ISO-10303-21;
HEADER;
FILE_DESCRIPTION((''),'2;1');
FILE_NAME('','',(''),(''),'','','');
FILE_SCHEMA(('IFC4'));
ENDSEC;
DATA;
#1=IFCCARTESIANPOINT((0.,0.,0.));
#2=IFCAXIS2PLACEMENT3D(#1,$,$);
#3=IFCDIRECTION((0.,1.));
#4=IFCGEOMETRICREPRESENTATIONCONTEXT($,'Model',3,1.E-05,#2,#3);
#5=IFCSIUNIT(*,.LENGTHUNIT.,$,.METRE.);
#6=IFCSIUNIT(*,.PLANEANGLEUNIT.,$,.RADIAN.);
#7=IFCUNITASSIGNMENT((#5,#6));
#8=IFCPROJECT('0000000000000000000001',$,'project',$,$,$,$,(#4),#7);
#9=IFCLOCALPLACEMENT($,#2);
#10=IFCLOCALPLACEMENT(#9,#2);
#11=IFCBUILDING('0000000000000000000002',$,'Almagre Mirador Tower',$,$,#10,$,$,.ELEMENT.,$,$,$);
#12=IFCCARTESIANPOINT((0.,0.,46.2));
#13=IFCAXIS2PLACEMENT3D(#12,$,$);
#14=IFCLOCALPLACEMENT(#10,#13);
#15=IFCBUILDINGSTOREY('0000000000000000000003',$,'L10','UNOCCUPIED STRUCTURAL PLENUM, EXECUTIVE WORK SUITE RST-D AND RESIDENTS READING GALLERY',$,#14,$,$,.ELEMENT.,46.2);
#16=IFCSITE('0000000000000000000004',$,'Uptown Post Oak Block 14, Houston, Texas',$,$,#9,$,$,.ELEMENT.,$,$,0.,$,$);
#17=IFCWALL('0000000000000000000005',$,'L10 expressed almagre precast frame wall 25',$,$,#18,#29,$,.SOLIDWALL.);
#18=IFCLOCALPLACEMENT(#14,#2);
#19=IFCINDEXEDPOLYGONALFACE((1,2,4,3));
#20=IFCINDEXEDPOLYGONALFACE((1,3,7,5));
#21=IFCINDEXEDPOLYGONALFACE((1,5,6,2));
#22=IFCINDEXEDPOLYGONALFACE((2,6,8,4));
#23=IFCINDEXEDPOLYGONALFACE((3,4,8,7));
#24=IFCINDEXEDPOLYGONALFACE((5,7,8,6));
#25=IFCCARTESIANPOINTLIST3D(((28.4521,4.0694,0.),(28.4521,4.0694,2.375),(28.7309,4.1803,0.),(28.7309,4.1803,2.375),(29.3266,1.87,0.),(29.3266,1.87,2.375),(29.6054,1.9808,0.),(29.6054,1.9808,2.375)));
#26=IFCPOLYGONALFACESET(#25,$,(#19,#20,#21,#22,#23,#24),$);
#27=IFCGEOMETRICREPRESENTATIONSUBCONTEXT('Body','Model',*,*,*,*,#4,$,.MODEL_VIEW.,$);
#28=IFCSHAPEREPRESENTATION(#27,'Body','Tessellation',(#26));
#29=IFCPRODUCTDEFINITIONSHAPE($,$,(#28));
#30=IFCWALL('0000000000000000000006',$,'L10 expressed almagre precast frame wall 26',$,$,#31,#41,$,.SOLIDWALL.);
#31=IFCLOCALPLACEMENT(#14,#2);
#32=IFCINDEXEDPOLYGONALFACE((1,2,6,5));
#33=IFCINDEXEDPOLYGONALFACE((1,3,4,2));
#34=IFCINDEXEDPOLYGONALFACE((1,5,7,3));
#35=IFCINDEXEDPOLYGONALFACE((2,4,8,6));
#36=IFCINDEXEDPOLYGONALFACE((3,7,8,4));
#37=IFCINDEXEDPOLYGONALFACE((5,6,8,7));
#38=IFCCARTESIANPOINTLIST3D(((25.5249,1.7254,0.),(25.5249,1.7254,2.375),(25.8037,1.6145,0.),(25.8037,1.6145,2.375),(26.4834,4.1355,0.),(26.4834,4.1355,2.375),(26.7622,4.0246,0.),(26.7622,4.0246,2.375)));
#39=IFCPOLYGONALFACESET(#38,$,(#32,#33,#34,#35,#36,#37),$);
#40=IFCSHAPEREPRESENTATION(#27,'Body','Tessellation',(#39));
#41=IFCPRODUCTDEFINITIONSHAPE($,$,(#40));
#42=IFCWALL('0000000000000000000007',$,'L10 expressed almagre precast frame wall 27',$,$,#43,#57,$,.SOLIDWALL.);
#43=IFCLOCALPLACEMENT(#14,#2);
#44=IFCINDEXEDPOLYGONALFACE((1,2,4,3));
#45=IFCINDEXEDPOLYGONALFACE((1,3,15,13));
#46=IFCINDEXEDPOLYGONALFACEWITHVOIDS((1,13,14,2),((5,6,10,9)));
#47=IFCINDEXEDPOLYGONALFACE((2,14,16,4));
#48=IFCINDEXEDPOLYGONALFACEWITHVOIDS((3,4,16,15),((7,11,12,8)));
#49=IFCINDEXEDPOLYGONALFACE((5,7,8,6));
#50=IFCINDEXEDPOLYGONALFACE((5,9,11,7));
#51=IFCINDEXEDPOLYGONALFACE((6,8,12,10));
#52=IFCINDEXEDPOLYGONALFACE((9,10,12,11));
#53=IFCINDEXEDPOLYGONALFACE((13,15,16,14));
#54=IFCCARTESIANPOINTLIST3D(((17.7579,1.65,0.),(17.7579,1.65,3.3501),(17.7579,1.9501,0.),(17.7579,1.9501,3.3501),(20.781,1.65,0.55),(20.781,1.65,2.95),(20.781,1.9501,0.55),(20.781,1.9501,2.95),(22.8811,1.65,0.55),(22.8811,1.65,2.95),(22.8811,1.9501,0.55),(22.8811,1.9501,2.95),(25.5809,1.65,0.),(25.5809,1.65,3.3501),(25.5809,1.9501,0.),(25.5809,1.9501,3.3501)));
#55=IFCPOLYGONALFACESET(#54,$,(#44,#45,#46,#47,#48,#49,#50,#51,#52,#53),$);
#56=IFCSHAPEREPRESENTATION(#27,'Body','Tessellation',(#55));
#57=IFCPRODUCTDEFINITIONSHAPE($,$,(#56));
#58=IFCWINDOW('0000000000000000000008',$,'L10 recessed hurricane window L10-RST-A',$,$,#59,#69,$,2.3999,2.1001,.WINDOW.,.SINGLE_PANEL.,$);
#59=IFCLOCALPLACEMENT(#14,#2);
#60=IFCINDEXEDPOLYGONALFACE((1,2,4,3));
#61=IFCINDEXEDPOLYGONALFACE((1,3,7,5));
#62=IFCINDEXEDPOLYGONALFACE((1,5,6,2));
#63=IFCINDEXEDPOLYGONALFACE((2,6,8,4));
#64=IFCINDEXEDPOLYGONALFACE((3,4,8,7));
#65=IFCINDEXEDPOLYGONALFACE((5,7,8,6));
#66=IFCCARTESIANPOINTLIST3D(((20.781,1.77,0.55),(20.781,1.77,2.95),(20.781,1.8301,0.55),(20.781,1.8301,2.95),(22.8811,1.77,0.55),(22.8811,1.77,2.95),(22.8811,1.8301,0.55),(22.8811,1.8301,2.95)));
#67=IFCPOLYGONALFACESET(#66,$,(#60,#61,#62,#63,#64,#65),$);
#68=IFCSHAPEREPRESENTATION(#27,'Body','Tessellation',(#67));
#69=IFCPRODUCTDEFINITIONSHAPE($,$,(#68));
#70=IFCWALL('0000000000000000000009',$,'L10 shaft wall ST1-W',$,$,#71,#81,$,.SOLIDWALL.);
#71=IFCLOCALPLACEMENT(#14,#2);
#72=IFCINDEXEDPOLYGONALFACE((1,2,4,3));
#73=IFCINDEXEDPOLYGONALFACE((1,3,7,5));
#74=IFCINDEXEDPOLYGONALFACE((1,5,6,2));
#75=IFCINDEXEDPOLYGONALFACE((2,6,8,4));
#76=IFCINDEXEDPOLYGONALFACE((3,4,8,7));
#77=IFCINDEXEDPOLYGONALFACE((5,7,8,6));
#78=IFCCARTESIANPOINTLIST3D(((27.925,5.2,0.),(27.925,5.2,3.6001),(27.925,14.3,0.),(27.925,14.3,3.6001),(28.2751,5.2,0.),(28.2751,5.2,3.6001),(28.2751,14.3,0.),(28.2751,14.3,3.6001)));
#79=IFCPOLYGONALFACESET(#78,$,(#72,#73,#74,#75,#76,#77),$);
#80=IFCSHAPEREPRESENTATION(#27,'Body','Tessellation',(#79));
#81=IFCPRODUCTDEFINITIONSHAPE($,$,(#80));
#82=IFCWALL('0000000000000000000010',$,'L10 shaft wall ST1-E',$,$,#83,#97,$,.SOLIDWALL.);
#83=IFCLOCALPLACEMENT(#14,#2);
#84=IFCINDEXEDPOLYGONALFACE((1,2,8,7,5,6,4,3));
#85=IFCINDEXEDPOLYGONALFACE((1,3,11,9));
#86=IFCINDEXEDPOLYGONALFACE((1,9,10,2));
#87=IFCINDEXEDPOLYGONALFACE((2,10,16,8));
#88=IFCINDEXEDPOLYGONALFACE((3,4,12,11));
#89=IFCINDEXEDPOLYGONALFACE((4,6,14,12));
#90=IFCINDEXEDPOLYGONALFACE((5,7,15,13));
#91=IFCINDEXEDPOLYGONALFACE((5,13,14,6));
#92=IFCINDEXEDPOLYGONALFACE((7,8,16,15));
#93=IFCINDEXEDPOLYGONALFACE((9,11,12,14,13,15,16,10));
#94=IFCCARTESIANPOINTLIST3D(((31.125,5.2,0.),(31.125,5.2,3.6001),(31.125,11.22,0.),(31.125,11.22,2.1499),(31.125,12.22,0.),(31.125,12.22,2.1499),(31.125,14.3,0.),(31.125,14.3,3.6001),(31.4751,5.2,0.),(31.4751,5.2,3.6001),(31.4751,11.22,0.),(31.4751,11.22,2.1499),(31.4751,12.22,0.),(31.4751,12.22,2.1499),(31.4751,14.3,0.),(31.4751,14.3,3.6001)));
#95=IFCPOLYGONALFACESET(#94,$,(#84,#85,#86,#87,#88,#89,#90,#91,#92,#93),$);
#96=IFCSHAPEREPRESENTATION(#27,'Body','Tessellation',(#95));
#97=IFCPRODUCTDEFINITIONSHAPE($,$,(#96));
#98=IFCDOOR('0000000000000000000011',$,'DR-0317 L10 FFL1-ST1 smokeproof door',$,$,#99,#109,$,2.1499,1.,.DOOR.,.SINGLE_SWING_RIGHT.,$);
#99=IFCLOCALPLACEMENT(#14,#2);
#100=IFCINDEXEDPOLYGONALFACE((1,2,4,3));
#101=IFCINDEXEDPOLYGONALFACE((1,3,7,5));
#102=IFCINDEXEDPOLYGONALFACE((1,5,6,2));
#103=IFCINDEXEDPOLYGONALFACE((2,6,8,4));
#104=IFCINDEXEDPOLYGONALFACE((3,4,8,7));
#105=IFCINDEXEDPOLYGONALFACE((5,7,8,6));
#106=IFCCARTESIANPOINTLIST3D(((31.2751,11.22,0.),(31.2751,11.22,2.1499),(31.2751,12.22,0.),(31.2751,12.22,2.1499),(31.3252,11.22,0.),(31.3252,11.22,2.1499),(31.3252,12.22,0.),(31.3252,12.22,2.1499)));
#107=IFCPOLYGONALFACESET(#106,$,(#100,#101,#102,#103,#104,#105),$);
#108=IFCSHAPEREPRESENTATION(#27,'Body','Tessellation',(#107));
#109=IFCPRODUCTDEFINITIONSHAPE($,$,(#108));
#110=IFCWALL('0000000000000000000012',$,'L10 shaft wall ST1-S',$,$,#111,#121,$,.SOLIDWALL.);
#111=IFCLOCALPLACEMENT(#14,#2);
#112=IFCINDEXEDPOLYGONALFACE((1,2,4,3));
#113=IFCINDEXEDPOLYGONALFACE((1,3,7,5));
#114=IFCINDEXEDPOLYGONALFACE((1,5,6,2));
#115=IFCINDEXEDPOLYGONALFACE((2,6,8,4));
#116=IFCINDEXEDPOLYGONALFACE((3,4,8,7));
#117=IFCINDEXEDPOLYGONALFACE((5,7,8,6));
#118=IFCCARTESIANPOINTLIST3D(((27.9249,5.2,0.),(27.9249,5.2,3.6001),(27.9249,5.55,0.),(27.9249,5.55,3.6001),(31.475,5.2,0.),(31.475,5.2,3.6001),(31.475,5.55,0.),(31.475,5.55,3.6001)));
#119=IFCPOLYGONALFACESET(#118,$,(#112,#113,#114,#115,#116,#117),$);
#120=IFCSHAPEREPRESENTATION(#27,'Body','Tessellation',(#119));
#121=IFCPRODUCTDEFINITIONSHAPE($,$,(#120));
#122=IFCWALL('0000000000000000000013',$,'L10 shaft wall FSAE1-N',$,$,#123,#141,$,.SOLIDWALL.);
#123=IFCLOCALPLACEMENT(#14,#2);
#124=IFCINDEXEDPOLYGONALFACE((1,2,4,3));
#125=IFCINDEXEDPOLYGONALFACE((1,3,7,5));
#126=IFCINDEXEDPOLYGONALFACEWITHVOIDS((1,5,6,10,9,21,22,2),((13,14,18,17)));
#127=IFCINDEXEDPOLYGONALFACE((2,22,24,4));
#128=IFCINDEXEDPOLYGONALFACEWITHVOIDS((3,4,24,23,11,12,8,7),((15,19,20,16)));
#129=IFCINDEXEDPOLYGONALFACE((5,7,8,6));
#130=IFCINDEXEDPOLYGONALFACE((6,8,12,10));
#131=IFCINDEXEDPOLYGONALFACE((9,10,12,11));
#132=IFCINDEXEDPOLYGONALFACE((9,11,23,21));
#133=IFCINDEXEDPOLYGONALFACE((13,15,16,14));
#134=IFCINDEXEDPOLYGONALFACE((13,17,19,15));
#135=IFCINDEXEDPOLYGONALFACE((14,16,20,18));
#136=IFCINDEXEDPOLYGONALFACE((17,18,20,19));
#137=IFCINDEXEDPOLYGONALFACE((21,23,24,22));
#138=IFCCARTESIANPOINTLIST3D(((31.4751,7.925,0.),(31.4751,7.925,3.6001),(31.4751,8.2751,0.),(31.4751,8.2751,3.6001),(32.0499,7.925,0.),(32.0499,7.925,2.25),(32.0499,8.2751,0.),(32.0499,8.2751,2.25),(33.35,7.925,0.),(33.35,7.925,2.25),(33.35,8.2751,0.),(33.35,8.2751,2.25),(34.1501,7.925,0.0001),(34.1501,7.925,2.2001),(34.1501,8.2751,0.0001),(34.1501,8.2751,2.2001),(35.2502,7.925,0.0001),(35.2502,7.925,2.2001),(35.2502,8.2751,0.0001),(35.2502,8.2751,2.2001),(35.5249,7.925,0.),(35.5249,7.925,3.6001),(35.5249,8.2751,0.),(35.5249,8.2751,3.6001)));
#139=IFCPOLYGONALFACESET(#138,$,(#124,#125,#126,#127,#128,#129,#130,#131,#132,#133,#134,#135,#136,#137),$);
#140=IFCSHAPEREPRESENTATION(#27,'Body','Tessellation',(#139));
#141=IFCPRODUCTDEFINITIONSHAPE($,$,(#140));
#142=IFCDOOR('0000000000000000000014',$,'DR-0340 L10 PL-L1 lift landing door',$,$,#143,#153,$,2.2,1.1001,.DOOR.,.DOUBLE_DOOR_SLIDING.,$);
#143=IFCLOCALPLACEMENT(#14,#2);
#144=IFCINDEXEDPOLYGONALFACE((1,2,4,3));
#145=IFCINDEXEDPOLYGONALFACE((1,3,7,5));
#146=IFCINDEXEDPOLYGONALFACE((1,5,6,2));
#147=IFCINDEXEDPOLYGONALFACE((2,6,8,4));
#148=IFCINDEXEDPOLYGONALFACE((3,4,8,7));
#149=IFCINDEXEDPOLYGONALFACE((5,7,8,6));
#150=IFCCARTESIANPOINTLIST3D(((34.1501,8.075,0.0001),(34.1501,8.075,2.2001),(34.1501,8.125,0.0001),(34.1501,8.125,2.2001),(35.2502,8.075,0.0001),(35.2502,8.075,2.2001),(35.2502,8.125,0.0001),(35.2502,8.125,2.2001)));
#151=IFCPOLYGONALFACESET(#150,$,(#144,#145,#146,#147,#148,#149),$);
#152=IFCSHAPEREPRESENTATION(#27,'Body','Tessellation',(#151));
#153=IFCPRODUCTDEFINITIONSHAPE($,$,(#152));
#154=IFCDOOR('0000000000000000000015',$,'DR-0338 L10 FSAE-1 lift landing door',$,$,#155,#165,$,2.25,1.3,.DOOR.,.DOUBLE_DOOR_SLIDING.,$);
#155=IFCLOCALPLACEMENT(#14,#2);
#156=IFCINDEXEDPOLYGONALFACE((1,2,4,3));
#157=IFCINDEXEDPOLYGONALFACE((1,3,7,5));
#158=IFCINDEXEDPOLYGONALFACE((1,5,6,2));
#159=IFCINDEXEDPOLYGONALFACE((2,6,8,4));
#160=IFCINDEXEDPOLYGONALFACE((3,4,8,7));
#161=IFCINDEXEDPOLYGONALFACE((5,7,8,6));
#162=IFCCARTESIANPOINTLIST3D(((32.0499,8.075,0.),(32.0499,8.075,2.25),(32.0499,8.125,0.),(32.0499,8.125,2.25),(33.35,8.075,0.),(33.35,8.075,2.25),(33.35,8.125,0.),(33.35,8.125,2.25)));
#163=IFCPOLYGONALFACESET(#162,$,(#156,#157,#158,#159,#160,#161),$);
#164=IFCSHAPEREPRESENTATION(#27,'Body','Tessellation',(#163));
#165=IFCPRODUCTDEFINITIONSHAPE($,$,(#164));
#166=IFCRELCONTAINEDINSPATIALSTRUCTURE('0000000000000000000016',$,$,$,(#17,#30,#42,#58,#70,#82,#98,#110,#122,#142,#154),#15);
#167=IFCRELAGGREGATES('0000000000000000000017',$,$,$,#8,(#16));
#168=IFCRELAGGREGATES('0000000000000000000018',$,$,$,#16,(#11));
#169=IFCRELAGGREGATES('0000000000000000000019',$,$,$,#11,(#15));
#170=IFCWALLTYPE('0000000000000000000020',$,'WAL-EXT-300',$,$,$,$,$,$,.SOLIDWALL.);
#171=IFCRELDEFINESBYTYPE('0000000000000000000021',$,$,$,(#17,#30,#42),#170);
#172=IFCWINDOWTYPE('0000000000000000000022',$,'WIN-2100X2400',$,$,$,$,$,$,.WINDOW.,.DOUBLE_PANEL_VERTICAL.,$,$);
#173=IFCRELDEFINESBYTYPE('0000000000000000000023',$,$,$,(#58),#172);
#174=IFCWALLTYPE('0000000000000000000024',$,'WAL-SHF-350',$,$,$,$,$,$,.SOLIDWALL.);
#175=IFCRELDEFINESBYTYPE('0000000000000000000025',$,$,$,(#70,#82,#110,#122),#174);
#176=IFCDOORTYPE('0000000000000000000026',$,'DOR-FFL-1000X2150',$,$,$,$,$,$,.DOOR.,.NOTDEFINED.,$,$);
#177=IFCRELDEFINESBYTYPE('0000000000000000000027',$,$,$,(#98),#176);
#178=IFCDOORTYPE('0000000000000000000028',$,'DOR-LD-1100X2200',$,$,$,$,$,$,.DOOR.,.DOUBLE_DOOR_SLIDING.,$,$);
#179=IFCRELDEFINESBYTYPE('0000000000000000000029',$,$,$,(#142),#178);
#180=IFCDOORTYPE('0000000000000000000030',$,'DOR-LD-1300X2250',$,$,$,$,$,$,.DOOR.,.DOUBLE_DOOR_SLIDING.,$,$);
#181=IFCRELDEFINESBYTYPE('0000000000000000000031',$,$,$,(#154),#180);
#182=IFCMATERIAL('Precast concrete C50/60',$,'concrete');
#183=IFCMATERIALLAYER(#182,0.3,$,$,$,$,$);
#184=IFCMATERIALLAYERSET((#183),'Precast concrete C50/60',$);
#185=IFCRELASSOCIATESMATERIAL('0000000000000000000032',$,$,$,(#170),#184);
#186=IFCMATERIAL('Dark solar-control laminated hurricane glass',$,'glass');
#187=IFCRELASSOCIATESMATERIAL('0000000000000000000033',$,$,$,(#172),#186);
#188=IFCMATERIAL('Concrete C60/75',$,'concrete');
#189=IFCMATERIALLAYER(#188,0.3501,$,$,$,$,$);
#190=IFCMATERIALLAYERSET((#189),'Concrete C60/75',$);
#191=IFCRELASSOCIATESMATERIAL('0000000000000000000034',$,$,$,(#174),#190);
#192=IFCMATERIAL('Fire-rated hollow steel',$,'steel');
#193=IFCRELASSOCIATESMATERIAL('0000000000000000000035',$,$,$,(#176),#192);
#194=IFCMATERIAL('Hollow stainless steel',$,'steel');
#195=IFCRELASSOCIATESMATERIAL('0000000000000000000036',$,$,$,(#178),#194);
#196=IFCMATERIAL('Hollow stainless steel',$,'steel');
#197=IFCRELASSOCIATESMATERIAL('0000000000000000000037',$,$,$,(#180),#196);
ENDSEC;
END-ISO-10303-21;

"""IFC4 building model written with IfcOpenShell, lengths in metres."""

from ifc_helpers import new_model, si_unit, direction, frame, frame_2d, origin, place, context, subcontext, project, spatial, rectangle, extrude, material, layer, layer_set, type_object, element, fill, save


model = new_model("IFC4")

# Units and contexts
model_context = context("Model", 3, precision=1e-05, world=origin(), true_north=direction((0.0, 1.0)))
body_context = subcontext(model_context, "Body", "Model", "MODEL_VIEW")
ifc_project = project(units=[si_unit("LENGTHUNIT", "METRE"), si_unit("PLANEANGLEUNIT", "RADIAN")], contexts=[model_context])

# Site, building, storey
site_placement = place(None, origin())
site = spatial("IfcSite", under=ifc_project, at=site_placement, Name="Uptown Post Oak Block 14, Houston, Texas", CompositionType="ELEMENT", RefElevation=0.0)
building_placement = place(site_placement, origin())
building = spatial("IfcBuilding", under=site, at=building_placement, Name="Almagre Mirador Tower", CompositionType="ELEMENT")
storey_placement = place(building_placement, frame((0.0, 0.0, 46.2)))
storey = spatial("IfcBuildingStorey", under=building, at=storey_placement, Name="L10", Description="UNOCCUPIED STRUCTURAL PLENUM, EXECUTIVE WORK SUITE RST-D AND RESIDENTS READING GALLERY", CompositionType="ELEMENT", Elevation=46.2)

# Walls
ifc_material_1 = material(Name="Precast concrete C50/60", Category="concrete")
ifc_layer_1 = layer(ifc_material_1, 0.3)
ifc_layer_set_1 = layer_set([ifc_layer_1], Name="Precast concrete C50/60")
wall_type_1 = type_object("IfcWallType", Name="WAL-EXT-300", PredefinedType="SOLIDWALL", material=ifc_layer_set_1)
wall_1_placement = place(storey_placement, frame((29.4661, 1.9253, 0.0), z_axis=(0.0, 0.0, 1.0), x_axis=(-0.369469, 0.929243, 0.0)))
element("IfcWall", 1, at=wall_1_placement, inside=storey, type_object=wall_type_1, Name="L10 expressed almagre precast frame wall 25", PredefinedType="SOLIDWALL", context=body_context, shape_type="SweptSolid", body=[
    extrude(rectangle(XDim=2.3669, YDim=0.3, at=frame_2d((1.1836, 0.0))), origin(), (0.0, 0.0, 1.0), 2.375),
])
wall_2_placement = place(storey_placement, frame((26.6228, 4.0801, 0.0), z_axis=(0.0, 0.0, 1.0), x_axis=(-0.36954, -0.929215, 0.0)))
element("IfcWall", 2, at=wall_2_placement, inside=storey, type_object=wall_type_1, Name="L10 expressed almagre precast frame wall 26", PredefinedType="SOLIDWALL", context=body_context, shape_type="SweptSolid", body=[
    extrude(rectangle(XDim=2.5938, YDim=0.3, at=frame_2d((1.2969, 0.0))), origin(), (0.0, 0.0, 1.0), 2.375),
])

# Wall, opening, window
wall_3_placement = place(storey_placement, frame((25.5811, 1.8, 0.0), z_axis=(0.0, 0.0, 1.0), x_axis=(-1.0, 0.0, 0.0)))
wall_3 = element("IfcWall", 3, at=wall_3_placement, inside=storey, type_object=wall_type_1, Name="L10 expressed almagre precast frame wall 27", PredefinedType="SOLIDWALL", context=body_context, shape_type="SweptSolid", body=[
    extrude(rectangle(XDim=7.823, YDim=0.3, at=frame_2d((3.9116, 0.0))), origin(), (0.0, 0.0, 1.0), 3.3501),
])
opening_1_placement = place(wall_3_placement, frame((2.7, 0.0, 0.55)))
opening_1 = element("IfcOpeningElement", 4, at=opening_1_placement, cuts=wall_3, PredefinedType="OPENING", context=body_context, shape_type="SweptSolid", body=[
    extrude(rectangle(XDim=2.1001, YDim=2.3999, at=frame_2d((1.05, 1.2))), frame((0.0, 0.1599, 0.0), z_axis=(0.0, -1.0, 0.0), x_axis=(1.0, 0.0, 0.0)), (0.0, 0.0, 1.0), 0.32),
])
ifc_material_2 = material(Name="Dark solar-control laminated hurricane glass", Category="glass")
window_type = type_object("IfcWindowType", Name="WIN-2100X2400", PartitioningType="DOUBLE_PANEL_VERTICAL", PredefinedType="WINDOW", material=ifc_material_2)
window_placement = place(opening_1_placement, origin())
window = element("IfcWindow", 5, at=window_placement, inside=storey, type_object=window_type, Name="L10 recessed hurricane window L10-RST-A", OverallHeight=2.3999, OverallWidth=2.1001, PartitioningType="SINGLE_PANEL", PredefinedType="WINDOW", context=body_context, shape_type="SweptSolid", body=[
    extrude(rectangle(XDim=2.1001, YDim=2.3999, at=frame_2d((1.05, 1.2))), frame((0.0, 0.03, 0.0), z_axis=(0.0, -1.0, 0.0), x_axis=(1.0, 0.0, 0.0)), (0.0, 0.0, 1.0), 0.0601),
])
fill(opening_1, window)

# Wall
ifc_material_3 = material(Name="Concrete C60/75", Category="concrete")
ifc_layer_2 = layer(ifc_material_3, 0.3501)
ifc_layer_set_2 = layer_set([ifc_layer_2], Name="Concrete C60/75")
wall_type_2 = type_object("IfcWallType", Name="WAL-SHF-350", PredefinedType="SOLIDWALL", material=ifc_layer_set_2)
wall_4_placement = place(storey_placement, frame((28.1001, 5.2, 0.0), z_axis=(0.0, 0.0, 1.0), x_axis=(0.0, 1.0, 0.0)))
element("IfcWall", 6, at=wall_4_placement, inside=storey, type_object=wall_type_2, Name="L10 shaft wall ST1-W", PredefinedType="SOLIDWALL", context=body_context, shape_type="SweptSolid", body=[
    extrude(rectangle(XDim=9.1001, YDim=0.3501, at=frame_2d((4.55, 0.0))), origin(), (0.0, 0.0, 1.0), 3.6001),
])

# Wall, opening, door
wall_5_placement = place(storey_placement, frame((31.3, 5.2, 0.0), z_axis=(0.0, 0.0, 1.0), x_axis=(0.0, 1.0, 0.0)))
wall_5 = element("IfcWall", 7, at=wall_5_placement, inside=storey, type_object=wall_type_2, Name="L10 shaft wall ST1-E", PredefinedType="SOLIDWALL", context=body_context, shape_type="SweptSolid", body=[
    extrude(rectangle(XDim=9.1001, YDim=0.3501, at=frame_2d((4.55, 0.0))), origin(), (0.0, 0.0, 1.0), 3.6001),
])
opening_2_placement = place(wall_5_placement, frame((6.02, 0.0, 0.0)))
opening_2 = element("IfcOpeningElement", 8, at=opening_2_placement, cuts=wall_5, PredefinedType="OPENING", context=body_context, shape_type="SweptSolid", body=[
    extrude(rectangle(XDim=1.0, YDim=2.1499, at=frame_2d((0.5, 1.075))), frame((0.0, 0.185, 0.0), z_axis=(0.0, -1.0, 0.0), x_axis=(1.0, 0.0, 0.0)), (0.0, 0.0, 1.0), 0.3701),
])
ifc_material_4 = material(Name="Fire-rated hollow steel", Category="steel")
door_type_1 = type_object("IfcDoorType", Name="DOR-FFL-1000X2150", OperationType="NOTDEFINED", PredefinedType="DOOR", material=ifc_material_4)
door_1_placement = place(opening_2_placement, origin())
door_1 = element("IfcDoor", 9, at=door_1_placement, inside=storey, type_object=door_type_1, Name="DR-0317 L10 FFL1-ST1 smokeproof door", OperationType="SINGLE_SWING_RIGHT", OverallHeight=2.1499, OverallWidth=1.0, PredefinedType="DOOR", context=body_context, shape_type="SweptSolid", body=[
    extrude(rectangle(XDim=1.0, YDim=2.1499, at=frame_2d((0.5, 1.075))), frame((0.0, 0.0249, 0.0), z_axis=(0.0, -1.0, 0.0), x_axis=(1.0, 0.0, 0.0)), (0.0, 0.0, 1.0), 0.05),
])
fill(opening_2, door_1)

# Wall
wall_6_placement = place(storey_placement, frame((27.925, 5.375, 0.0), z_axis=(0.0, 0.0, 1.0), x_axis=(1.0, 0.0, 0.0)))
element("IfcWall", 10, at=wall_6_placement, inside=storey, type_object=wall_type_2, Name="L10 shaft wall ST1-S", PredefinedType="SOLIDWALL", context=body_context, shape_type="SweptSolid", body=[
    extrude(rectangle(XDim=3.55, YDim=0.3501, at=frame_2d((1.7749, 0.0))), origin(), (0.0, 0.0, 1.0), 3.6001),
])

# Wall, openings, doors
wall_7_placement = place(storey_placement, frame((31.4751, 8.1001, 0.0), z_axis=(0.0, 0.0, 1.0), x_axis=(1.0, 0.0, 0.0)))
wall_7 = element("IfcWall", 11, at=wall_7_placement, inside=storey, type_object=wall_type_2, Name="L10 shaft wall FSAE1-N", PredefinedType="SOLIDWALL", context=body_context, shape_type="SweptSolid", body=[
    extrude(rectangle(XDim=4.0498, YDim=0.3501, at=frame_2d((2.0249, 0.0))), origin(), (0.0, 0.0, 1.0), 3.6001),
])
opening_3_placement = place(wall_7_placement, frame((0.575, 0.0, 0.0)))
opening_3 = element("IfcOpeningElement", 12, at=opening_3_placement, cuts=wall_7, PredefinedType="OPENING", context=body_context, shape_type="SweptSolid", body=[
    extrude(rectangle(XDim=1.3, YDim=2.25, at=frame_2d((0.6499, 1.125))), frame((0.0, 0.185, 0.0), z_axis=(0.0, -1.0, 0.0), x_axis=(1.0, 0.0, 0.0)), (0.0, 0.0, 1.0), 0.3701),
])
opening_4_placement = place(wall_7_placement, frame((2.675, 0.0, 0.0)))
opening_4 = element("IfcOpeningElement", 13, at=opening_4_placement, cuts=wall_7, PredefinedType="OPENING", context=body_context, shape_type="SweptSolid", body=[
    extrude(rectangle(XDim=1.1001, YDim=2.2, at=frame_2d((0.55, 1.1001))), frame((0.0, 0.185, 0.0), z_axis=(0.0, -1.0, 0.0), x_axis=(1.0, 0.0, 0.0)), (0.0, 0.0, 1.0), 0.3701),
])
ifc_material_5 = material(Name="Hollow stainless steel", Category="steel")
door_type_2 = type_object("IfcDoorType", Name="DOR-LD-1100X2200", OperationType="DOUBLE_DOOR_SLIDING", PredefinedType="DOOR", material=ifc_material_5)
door_2_placement = place(opening_4_placement, origin())
door_2 = element("IfcDoor", 14, at=door_2_placement, inside=storey, type_object=door_type_2, Name="DR-0340 L10 PL-L1 lift landing door", OperationType="DOUBLE_DOOR_SLIDING", OverallHeight=2.2, OverallWidth=1.1001, PredefinedType="DOOR", context=body_context, shape_type="SweptSolid", body=[
    extrude(rectangle(XDim=1.1001, YDim=2.2, at=frame_2d((0.55, 1.1001))), frame((0.0, 0.0249, 0.0), z_axis=(0.0, -1.0, 0.0), x_axis=(1.0, 0.0, 0.0)), (0.0, 0.0, 1.0), 0.05),
])
fill(opening_4, door_2)
ifc_material_6 = material(Name="Hollow stainless steel", Category="steel")
door_type_3 = type_object("IfcDoorType", Name="DOR-LD-1300X2250", OperationType="DOUBLE_DOOR_SLIDING", PredefinedType="DOOR", material=ifc_material_6)
door_3_placement = place(opening_3_placement, origin())
door_3 = element("IfcDoor", 15, at=door_3_placement, inside=storey, type_object=door_type_3, Name="DR-0338 L10 FSAE-1 lift landing door", OperationType="DOUBLE_DOOR_SLIDING", OverallHeight=2.25, OverallWidth=1.3, PredefinedType="DOOR", context=body_context, shape_type="SweptSolid", body=[
    extrude(rectangle(XDim=1.3, YDim=2.25, at=frame_2d((0.6499, 1.125))), frame((0.0, 0.0249, 0.0), z_axis=(0.0, -1.0, 0.0), x_axis=(1.0, 0.0, 0.0)), (0.0, 0.0, 1.0), 0.05),
])
fill(opening_3, door_3)

save(model, "model.ifc")
